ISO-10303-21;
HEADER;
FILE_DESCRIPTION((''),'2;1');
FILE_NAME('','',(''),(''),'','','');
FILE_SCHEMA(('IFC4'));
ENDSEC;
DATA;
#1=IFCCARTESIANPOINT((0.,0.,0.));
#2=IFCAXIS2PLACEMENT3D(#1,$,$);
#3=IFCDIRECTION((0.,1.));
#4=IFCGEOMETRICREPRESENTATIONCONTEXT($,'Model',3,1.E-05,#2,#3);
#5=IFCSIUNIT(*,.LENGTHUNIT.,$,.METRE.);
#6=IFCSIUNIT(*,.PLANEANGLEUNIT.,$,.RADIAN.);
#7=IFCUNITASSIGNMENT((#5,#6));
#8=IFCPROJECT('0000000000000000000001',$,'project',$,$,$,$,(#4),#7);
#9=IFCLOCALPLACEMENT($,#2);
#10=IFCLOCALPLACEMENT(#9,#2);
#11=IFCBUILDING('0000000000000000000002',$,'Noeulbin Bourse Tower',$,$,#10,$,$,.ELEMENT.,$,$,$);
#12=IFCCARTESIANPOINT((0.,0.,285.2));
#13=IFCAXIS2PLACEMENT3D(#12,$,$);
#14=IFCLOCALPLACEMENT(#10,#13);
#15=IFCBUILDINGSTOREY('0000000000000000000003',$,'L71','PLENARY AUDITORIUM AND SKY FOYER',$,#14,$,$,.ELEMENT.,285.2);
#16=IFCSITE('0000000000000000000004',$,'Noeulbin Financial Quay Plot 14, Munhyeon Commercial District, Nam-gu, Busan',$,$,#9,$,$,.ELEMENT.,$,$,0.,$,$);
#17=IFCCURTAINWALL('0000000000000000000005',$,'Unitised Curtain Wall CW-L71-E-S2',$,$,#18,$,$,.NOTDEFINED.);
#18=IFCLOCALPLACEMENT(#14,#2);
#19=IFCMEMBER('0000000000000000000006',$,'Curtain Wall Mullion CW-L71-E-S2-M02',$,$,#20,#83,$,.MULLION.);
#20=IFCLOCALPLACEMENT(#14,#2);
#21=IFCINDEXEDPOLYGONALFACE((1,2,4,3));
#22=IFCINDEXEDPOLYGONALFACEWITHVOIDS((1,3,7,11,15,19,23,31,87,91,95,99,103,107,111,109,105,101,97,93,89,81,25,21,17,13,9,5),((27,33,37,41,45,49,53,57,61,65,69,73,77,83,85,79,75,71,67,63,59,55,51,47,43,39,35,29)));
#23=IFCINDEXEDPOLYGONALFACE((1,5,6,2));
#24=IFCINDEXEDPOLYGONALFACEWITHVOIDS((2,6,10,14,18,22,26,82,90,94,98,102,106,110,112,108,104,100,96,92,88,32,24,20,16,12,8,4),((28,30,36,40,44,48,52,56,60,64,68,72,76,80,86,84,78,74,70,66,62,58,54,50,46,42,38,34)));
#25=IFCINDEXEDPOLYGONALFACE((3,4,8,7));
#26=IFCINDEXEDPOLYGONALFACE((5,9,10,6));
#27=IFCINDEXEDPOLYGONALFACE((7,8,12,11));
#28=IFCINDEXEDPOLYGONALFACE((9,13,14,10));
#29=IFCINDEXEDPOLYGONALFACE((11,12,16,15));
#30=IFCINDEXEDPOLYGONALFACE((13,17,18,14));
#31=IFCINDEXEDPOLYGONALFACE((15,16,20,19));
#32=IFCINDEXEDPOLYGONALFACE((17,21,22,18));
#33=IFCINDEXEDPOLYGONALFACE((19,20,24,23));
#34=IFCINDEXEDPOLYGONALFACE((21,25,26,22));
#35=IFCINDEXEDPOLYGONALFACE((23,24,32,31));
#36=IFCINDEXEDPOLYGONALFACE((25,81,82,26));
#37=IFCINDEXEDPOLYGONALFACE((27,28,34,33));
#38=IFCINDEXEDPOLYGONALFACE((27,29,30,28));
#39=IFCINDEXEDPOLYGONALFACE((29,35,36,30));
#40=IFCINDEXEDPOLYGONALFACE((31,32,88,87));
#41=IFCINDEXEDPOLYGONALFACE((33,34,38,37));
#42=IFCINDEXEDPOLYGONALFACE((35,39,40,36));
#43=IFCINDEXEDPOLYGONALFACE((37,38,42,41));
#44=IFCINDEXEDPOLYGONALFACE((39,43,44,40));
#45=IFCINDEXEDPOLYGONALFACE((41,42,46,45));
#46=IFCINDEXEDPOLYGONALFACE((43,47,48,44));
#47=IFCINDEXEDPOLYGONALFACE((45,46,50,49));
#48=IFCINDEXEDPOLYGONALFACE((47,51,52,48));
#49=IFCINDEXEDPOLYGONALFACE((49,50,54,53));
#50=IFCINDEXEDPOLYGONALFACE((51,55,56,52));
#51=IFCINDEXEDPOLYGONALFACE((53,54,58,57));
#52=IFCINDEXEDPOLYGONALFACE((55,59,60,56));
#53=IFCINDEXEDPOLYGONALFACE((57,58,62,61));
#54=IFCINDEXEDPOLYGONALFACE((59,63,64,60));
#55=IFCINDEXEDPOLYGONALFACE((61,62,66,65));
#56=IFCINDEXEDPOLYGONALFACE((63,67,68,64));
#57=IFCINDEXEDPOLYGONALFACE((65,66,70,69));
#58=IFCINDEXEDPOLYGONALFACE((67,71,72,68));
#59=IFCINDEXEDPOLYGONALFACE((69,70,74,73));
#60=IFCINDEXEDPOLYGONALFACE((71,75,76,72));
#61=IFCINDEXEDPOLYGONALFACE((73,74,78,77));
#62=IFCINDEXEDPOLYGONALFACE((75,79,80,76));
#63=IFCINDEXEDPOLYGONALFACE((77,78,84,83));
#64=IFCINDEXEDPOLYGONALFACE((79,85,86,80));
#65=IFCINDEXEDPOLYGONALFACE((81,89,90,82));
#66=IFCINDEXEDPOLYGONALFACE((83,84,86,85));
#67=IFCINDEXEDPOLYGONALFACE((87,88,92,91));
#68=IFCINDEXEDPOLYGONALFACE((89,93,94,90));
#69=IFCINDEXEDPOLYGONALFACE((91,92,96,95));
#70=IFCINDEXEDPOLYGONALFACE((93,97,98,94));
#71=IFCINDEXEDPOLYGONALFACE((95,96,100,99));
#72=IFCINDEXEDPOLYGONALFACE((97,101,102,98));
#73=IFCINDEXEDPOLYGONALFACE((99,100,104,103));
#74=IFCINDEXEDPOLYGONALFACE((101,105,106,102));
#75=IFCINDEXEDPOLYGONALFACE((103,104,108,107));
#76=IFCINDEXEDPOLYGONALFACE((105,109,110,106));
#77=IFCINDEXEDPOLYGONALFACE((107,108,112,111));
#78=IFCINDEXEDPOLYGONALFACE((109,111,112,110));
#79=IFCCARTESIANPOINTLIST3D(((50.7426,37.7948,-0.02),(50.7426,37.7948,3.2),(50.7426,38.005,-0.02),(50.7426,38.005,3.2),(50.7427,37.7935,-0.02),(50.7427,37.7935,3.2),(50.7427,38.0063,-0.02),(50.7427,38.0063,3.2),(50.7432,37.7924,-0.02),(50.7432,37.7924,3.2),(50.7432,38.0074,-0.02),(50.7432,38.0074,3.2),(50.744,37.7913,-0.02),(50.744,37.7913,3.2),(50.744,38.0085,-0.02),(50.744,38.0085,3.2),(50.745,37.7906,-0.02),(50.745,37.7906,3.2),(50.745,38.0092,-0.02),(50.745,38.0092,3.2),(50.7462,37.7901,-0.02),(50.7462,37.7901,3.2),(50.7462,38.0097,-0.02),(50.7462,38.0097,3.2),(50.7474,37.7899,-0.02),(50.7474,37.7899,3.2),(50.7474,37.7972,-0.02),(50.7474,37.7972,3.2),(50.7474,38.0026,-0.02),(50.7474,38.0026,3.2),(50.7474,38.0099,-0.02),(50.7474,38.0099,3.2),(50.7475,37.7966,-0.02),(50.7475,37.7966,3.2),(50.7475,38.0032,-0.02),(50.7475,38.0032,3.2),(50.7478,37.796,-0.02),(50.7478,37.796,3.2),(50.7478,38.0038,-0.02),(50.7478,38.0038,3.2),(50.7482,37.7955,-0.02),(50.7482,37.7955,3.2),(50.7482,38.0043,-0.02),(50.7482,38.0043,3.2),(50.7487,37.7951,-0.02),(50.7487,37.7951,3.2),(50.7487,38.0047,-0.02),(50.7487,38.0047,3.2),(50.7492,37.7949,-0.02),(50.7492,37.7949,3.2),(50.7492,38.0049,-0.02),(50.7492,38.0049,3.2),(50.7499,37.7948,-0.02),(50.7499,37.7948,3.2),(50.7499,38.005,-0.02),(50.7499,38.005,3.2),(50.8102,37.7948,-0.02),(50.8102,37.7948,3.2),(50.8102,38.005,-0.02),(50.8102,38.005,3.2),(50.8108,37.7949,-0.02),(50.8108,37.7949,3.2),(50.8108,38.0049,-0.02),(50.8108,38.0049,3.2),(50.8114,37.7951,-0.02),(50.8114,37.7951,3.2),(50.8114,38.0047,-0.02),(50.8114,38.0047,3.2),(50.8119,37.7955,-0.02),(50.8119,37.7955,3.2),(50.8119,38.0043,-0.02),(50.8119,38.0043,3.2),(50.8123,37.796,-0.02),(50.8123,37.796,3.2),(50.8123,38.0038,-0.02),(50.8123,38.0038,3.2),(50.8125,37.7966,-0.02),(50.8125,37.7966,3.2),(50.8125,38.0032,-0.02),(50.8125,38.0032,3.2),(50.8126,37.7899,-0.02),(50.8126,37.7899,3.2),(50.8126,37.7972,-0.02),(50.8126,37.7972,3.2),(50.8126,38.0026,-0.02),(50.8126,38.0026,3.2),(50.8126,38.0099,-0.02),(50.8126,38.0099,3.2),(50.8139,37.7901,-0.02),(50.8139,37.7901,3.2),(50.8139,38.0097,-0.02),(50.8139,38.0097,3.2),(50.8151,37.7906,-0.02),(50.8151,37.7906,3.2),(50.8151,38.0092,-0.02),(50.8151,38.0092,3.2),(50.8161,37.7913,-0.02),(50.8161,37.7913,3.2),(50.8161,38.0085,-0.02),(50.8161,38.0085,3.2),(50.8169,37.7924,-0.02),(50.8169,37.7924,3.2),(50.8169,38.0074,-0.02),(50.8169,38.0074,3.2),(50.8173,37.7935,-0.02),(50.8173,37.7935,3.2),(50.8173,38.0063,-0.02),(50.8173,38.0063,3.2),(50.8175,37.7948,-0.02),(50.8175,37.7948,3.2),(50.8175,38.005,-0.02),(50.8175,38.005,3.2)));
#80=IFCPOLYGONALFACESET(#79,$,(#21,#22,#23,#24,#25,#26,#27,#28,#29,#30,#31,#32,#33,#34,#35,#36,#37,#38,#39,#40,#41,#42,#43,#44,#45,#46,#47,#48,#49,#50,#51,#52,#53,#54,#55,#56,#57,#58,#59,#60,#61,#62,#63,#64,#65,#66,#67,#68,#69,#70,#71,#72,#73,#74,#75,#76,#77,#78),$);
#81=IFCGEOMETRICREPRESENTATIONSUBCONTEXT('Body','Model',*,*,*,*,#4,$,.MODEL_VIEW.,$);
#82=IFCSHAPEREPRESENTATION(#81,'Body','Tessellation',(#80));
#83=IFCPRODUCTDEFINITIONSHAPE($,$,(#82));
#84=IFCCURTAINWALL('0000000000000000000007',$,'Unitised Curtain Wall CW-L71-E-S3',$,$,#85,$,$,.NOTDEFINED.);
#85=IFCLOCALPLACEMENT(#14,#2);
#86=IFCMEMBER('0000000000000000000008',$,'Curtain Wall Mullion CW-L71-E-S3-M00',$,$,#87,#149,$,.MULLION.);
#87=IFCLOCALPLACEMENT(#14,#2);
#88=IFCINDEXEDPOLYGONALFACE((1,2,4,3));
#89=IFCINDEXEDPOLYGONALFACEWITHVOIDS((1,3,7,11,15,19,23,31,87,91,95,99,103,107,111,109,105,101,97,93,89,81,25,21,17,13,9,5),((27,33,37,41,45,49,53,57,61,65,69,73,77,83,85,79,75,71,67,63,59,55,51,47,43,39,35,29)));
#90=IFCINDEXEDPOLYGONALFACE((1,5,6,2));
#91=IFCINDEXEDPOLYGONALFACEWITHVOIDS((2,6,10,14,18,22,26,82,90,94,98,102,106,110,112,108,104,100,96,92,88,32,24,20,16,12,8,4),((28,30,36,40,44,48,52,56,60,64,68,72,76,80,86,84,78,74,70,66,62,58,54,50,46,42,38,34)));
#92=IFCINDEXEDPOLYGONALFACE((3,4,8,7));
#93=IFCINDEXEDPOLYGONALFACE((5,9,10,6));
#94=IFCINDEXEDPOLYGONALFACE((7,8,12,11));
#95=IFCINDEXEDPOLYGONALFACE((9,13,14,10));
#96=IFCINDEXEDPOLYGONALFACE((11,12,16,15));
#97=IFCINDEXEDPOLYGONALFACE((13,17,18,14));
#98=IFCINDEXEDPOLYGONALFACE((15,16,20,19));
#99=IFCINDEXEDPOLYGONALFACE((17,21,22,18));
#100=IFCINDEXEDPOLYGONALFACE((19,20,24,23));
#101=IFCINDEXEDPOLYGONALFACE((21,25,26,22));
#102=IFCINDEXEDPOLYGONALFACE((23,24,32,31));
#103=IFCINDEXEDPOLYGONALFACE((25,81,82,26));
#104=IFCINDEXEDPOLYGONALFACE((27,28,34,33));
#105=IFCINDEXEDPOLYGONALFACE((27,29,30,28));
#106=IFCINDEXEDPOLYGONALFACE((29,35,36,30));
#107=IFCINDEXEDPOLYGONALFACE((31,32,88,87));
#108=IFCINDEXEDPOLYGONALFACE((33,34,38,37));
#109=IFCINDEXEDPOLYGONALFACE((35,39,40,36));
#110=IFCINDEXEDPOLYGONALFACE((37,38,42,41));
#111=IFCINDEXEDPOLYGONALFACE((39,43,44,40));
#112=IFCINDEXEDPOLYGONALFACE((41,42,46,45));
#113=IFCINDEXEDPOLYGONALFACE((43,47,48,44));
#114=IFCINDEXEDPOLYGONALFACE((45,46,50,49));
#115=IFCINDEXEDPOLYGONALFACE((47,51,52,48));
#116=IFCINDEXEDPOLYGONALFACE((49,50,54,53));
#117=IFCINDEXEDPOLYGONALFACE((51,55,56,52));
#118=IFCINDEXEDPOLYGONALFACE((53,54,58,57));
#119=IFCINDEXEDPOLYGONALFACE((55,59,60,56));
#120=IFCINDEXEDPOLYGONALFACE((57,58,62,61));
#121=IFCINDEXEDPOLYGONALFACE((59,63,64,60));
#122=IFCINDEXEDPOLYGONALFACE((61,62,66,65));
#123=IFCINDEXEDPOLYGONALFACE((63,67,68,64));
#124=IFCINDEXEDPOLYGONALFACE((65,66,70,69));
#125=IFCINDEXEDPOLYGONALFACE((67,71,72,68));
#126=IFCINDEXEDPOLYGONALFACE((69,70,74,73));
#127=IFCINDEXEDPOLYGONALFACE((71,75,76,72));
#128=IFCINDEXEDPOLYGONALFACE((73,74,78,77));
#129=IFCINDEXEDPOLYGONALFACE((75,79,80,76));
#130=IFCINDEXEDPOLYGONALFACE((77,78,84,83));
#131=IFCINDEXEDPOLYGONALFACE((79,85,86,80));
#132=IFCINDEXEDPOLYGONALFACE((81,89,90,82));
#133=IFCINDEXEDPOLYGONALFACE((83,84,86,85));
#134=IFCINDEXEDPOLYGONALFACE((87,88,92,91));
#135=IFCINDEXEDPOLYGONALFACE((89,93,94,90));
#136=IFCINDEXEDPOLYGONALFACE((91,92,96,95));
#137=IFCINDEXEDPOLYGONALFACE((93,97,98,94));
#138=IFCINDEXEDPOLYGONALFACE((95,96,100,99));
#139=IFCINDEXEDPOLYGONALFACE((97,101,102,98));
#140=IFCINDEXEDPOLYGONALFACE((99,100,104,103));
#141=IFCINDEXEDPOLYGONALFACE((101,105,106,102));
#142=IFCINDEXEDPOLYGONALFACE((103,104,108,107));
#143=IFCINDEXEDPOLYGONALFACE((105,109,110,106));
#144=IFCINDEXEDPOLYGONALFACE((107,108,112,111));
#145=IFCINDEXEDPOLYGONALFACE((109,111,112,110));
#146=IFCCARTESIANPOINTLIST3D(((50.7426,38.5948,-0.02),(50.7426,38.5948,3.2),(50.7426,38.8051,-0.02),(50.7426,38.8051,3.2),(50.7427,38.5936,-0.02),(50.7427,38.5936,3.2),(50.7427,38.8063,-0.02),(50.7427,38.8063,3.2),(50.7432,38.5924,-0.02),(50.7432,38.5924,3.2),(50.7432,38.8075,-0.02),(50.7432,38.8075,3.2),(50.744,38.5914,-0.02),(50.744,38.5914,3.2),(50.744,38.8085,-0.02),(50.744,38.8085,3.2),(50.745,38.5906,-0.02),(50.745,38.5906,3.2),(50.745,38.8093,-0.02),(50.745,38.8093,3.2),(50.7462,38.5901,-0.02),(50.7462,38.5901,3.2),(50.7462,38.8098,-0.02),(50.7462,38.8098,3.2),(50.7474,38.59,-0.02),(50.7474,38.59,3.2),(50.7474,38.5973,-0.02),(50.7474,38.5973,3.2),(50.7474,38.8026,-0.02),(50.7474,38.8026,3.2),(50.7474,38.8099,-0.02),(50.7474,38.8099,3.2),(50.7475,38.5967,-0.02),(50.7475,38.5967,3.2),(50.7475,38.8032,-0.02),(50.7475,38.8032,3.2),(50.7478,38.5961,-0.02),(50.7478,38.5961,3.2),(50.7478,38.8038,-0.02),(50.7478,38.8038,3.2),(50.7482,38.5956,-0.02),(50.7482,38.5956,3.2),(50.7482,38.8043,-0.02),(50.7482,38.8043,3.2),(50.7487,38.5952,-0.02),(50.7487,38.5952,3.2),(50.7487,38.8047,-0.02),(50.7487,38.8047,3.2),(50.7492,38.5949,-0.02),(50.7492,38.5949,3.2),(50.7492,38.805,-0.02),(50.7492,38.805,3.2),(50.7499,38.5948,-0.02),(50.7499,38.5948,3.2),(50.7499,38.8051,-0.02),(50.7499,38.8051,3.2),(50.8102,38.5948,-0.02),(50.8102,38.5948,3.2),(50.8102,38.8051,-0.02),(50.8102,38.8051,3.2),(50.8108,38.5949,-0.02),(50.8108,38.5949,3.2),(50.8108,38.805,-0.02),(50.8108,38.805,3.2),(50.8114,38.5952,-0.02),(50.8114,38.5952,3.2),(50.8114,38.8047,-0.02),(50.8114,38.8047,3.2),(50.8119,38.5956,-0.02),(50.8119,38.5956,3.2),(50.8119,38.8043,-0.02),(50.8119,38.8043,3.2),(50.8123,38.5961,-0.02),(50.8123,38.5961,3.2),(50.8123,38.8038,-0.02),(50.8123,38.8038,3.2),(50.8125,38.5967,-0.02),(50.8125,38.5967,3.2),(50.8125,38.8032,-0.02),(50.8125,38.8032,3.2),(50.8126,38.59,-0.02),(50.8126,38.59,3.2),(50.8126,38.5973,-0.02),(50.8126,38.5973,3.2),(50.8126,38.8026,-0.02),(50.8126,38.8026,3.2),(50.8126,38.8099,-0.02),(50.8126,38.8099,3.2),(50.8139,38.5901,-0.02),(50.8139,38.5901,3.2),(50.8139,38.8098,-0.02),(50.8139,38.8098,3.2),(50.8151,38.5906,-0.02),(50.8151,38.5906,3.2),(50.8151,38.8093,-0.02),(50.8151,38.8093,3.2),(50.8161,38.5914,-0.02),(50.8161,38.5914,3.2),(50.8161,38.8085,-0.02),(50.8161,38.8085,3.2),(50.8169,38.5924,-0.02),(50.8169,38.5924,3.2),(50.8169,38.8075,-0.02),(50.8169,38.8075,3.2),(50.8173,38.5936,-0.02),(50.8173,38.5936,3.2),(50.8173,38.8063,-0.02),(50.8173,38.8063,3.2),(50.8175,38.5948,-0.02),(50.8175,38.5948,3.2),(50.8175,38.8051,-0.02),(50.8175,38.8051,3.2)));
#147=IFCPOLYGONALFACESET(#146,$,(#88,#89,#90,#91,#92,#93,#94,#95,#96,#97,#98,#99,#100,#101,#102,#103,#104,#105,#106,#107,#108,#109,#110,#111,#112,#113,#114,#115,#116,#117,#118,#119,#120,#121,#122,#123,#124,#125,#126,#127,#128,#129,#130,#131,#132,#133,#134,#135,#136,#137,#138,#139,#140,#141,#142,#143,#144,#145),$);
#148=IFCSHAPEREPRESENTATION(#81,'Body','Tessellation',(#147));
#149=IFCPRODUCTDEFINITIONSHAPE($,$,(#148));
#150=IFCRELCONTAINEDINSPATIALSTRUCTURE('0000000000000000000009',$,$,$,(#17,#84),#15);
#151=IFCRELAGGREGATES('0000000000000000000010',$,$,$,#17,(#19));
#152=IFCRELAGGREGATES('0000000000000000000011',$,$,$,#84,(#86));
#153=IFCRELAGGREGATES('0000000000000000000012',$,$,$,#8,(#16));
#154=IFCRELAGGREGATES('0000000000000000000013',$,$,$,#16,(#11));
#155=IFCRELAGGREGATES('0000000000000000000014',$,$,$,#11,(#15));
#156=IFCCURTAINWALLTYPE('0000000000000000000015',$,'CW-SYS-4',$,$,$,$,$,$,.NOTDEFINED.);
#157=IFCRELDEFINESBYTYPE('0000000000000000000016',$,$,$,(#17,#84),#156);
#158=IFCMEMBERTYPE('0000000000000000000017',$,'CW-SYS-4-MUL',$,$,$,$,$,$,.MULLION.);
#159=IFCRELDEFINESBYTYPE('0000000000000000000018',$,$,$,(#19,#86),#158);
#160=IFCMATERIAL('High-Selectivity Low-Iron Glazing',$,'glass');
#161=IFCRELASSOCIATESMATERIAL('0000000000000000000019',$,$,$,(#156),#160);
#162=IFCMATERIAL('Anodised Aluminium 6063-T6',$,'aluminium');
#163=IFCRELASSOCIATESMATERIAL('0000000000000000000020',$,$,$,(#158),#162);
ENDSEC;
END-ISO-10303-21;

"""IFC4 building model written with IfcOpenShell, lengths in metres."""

from ifc_helpers import new_model, si_unit, direction, frame, origin, origin_2d, place, context, subcontext, project, spatial, hollow_rectangle, extrude, material, material_profile, profile_set, type_object, element, aggregate, save


model = new_model("IFC4")

# Units and contexts
model_context = context("Model", 3, precision=1e-05, world=origin(), true_north=direction((0.0, 1.0)))
body_context = subcontext(model_context, "Body", "Model", "MODEL_VIEW")
ifc_project = project(units=[si_unit("LENGTHUNIT", "METRE"), si_unit("PLANEANGLEUNIT", "RADIAN")], contexts=[model_context])

# Site, building, storey
site_placement = place(None, origin())
site = spatial("IfcSite", under=ifc_project, at=site_placement, Name="Noeulbin Financial Quay Plot 14, Munhyeon Commercial District, Nam-gu, Busan", CompositionType="ELEMENT", RefElevation=0.0)
building_placement = place(site_placement, origin())
building = spatial("IfcBuilding", under=site, at=building_placement, Name="Noeulbin Bourse Tower", CompositionType="ELEMENT")
storey_placement = place(building_placement, frame((0.0, 0.0, 285.2)))
storey = spatial("IfcBuildingStorey", under=building, at=storey_placement, Name="L71", Description="PLENARY AUDITORIUM AND SKY FOYER", CompositionType="ELEMENT", Elevation=285.2)

# Shared definitions
ifc_material_1 = material(Name="High-Selectivity Low-Iron Glazing", Category="glass")
curtain_wall_type = type_object("IfcCurtainWallType", Name="CW-SYS-4", PredefinedType="NOTDEFINED", material=ifc_material_1)
ifc_material_2 = material(Name="Anodised Aluminium 6063-T6", Category="aluminium")
ifc_material_profile_1 = material_profile(ifc_material_2, hollow_rectangle(XDim=0.075, YDim=0.22, WallThickness=0.0049, InnerFilletRadius=0.0024, OuterFilletRadius=0.0049, at=origin_2d()), Name="ALU-MULL-75x220x5", Category="LoadBearing")
ifc_profile_set_1 = profile_set([ifc_material_profile_1], Name="Anodised Aluminium 6063-T6")
member_type_1 = type_object("IfcMemberType", Name="CW-SYS-4-MUL", PredefinedType="MULLION", material=ifc_profile_set_1)

# Curtain walls, members
curtain_wall_1_placement = place(storey_placement, origin())
curtain_wall_1 = element("IfcCurtainWall", 1, at=curtain_wall_1_placement, inside=storey, type_object=curtain_wall_type, Name="Unitised Curtain Wall CW-L71-E-S2", PredefinedType="NOTDEFINED")
member_1_placement = place(storey_placement, frame((50.78, 37.8999, -0.02), z_axis=(0.0, 0.0, 1.0), x_axis=(1.0, 0.0, 0.0)))
member_1 = element("IfcMember", 2, at=member_1_placement, type_object=member_type_1, Name="Curtain Wall Mullion CW-L71-E-S2-M02", PredefinedType="MULLION", context=body_context, shape_type="SweptSolid", body=[
    extrude(hollow_rectangle(XDim=0.075, YDim=0.22, WallThickness=0.0049, InnerFilletRadius=0.0024, OuterFilletRadius=0.0049, at=origin_2d()), origin(), (0.0, 0.0, 1.0), 3.22),
])
curtain_wall_2_placement = place(storey_placement, origin())
curtain_wall_2 = element("IfcCurtainWall", 3, at=curtain_wall_2_placement, inside=storey, type_object=curtain_wall_type, Name="Unitised Curtain Wall CW-L71-E-S3", PredefinedType="NOTDEFINED")
member_2_placement = place(storey_placement, frame((50.78, 38.7, -0.02), z_axis=(0.0, 0.0, 1.0), x_axis=(1.0, 0.0, 0.0)))
member_2 = element("IfcMember", 4, at=member_2_placement, type_object=member_type_1, Name="Curtain Wall Mullion CW-L71-E-S3-M00", PredefinedType="MULLION", context=body_context, shape_type="SweptSolid", body=[
    extrude(hollow_rectangle(XDim=0.075, YDim=0.22, WallThickness=0.0049, InnerFilletRadius=0.0024, OuterFilletRadius=0.0049, at=origin_2d()), origin(), (0.0, 0.0, 1.0), 3.22),
])

aggregate(curtain_wall_1, [member_1])
aggregate(curtain_wall_2, [member_2])

save(model, "model.ifc")
